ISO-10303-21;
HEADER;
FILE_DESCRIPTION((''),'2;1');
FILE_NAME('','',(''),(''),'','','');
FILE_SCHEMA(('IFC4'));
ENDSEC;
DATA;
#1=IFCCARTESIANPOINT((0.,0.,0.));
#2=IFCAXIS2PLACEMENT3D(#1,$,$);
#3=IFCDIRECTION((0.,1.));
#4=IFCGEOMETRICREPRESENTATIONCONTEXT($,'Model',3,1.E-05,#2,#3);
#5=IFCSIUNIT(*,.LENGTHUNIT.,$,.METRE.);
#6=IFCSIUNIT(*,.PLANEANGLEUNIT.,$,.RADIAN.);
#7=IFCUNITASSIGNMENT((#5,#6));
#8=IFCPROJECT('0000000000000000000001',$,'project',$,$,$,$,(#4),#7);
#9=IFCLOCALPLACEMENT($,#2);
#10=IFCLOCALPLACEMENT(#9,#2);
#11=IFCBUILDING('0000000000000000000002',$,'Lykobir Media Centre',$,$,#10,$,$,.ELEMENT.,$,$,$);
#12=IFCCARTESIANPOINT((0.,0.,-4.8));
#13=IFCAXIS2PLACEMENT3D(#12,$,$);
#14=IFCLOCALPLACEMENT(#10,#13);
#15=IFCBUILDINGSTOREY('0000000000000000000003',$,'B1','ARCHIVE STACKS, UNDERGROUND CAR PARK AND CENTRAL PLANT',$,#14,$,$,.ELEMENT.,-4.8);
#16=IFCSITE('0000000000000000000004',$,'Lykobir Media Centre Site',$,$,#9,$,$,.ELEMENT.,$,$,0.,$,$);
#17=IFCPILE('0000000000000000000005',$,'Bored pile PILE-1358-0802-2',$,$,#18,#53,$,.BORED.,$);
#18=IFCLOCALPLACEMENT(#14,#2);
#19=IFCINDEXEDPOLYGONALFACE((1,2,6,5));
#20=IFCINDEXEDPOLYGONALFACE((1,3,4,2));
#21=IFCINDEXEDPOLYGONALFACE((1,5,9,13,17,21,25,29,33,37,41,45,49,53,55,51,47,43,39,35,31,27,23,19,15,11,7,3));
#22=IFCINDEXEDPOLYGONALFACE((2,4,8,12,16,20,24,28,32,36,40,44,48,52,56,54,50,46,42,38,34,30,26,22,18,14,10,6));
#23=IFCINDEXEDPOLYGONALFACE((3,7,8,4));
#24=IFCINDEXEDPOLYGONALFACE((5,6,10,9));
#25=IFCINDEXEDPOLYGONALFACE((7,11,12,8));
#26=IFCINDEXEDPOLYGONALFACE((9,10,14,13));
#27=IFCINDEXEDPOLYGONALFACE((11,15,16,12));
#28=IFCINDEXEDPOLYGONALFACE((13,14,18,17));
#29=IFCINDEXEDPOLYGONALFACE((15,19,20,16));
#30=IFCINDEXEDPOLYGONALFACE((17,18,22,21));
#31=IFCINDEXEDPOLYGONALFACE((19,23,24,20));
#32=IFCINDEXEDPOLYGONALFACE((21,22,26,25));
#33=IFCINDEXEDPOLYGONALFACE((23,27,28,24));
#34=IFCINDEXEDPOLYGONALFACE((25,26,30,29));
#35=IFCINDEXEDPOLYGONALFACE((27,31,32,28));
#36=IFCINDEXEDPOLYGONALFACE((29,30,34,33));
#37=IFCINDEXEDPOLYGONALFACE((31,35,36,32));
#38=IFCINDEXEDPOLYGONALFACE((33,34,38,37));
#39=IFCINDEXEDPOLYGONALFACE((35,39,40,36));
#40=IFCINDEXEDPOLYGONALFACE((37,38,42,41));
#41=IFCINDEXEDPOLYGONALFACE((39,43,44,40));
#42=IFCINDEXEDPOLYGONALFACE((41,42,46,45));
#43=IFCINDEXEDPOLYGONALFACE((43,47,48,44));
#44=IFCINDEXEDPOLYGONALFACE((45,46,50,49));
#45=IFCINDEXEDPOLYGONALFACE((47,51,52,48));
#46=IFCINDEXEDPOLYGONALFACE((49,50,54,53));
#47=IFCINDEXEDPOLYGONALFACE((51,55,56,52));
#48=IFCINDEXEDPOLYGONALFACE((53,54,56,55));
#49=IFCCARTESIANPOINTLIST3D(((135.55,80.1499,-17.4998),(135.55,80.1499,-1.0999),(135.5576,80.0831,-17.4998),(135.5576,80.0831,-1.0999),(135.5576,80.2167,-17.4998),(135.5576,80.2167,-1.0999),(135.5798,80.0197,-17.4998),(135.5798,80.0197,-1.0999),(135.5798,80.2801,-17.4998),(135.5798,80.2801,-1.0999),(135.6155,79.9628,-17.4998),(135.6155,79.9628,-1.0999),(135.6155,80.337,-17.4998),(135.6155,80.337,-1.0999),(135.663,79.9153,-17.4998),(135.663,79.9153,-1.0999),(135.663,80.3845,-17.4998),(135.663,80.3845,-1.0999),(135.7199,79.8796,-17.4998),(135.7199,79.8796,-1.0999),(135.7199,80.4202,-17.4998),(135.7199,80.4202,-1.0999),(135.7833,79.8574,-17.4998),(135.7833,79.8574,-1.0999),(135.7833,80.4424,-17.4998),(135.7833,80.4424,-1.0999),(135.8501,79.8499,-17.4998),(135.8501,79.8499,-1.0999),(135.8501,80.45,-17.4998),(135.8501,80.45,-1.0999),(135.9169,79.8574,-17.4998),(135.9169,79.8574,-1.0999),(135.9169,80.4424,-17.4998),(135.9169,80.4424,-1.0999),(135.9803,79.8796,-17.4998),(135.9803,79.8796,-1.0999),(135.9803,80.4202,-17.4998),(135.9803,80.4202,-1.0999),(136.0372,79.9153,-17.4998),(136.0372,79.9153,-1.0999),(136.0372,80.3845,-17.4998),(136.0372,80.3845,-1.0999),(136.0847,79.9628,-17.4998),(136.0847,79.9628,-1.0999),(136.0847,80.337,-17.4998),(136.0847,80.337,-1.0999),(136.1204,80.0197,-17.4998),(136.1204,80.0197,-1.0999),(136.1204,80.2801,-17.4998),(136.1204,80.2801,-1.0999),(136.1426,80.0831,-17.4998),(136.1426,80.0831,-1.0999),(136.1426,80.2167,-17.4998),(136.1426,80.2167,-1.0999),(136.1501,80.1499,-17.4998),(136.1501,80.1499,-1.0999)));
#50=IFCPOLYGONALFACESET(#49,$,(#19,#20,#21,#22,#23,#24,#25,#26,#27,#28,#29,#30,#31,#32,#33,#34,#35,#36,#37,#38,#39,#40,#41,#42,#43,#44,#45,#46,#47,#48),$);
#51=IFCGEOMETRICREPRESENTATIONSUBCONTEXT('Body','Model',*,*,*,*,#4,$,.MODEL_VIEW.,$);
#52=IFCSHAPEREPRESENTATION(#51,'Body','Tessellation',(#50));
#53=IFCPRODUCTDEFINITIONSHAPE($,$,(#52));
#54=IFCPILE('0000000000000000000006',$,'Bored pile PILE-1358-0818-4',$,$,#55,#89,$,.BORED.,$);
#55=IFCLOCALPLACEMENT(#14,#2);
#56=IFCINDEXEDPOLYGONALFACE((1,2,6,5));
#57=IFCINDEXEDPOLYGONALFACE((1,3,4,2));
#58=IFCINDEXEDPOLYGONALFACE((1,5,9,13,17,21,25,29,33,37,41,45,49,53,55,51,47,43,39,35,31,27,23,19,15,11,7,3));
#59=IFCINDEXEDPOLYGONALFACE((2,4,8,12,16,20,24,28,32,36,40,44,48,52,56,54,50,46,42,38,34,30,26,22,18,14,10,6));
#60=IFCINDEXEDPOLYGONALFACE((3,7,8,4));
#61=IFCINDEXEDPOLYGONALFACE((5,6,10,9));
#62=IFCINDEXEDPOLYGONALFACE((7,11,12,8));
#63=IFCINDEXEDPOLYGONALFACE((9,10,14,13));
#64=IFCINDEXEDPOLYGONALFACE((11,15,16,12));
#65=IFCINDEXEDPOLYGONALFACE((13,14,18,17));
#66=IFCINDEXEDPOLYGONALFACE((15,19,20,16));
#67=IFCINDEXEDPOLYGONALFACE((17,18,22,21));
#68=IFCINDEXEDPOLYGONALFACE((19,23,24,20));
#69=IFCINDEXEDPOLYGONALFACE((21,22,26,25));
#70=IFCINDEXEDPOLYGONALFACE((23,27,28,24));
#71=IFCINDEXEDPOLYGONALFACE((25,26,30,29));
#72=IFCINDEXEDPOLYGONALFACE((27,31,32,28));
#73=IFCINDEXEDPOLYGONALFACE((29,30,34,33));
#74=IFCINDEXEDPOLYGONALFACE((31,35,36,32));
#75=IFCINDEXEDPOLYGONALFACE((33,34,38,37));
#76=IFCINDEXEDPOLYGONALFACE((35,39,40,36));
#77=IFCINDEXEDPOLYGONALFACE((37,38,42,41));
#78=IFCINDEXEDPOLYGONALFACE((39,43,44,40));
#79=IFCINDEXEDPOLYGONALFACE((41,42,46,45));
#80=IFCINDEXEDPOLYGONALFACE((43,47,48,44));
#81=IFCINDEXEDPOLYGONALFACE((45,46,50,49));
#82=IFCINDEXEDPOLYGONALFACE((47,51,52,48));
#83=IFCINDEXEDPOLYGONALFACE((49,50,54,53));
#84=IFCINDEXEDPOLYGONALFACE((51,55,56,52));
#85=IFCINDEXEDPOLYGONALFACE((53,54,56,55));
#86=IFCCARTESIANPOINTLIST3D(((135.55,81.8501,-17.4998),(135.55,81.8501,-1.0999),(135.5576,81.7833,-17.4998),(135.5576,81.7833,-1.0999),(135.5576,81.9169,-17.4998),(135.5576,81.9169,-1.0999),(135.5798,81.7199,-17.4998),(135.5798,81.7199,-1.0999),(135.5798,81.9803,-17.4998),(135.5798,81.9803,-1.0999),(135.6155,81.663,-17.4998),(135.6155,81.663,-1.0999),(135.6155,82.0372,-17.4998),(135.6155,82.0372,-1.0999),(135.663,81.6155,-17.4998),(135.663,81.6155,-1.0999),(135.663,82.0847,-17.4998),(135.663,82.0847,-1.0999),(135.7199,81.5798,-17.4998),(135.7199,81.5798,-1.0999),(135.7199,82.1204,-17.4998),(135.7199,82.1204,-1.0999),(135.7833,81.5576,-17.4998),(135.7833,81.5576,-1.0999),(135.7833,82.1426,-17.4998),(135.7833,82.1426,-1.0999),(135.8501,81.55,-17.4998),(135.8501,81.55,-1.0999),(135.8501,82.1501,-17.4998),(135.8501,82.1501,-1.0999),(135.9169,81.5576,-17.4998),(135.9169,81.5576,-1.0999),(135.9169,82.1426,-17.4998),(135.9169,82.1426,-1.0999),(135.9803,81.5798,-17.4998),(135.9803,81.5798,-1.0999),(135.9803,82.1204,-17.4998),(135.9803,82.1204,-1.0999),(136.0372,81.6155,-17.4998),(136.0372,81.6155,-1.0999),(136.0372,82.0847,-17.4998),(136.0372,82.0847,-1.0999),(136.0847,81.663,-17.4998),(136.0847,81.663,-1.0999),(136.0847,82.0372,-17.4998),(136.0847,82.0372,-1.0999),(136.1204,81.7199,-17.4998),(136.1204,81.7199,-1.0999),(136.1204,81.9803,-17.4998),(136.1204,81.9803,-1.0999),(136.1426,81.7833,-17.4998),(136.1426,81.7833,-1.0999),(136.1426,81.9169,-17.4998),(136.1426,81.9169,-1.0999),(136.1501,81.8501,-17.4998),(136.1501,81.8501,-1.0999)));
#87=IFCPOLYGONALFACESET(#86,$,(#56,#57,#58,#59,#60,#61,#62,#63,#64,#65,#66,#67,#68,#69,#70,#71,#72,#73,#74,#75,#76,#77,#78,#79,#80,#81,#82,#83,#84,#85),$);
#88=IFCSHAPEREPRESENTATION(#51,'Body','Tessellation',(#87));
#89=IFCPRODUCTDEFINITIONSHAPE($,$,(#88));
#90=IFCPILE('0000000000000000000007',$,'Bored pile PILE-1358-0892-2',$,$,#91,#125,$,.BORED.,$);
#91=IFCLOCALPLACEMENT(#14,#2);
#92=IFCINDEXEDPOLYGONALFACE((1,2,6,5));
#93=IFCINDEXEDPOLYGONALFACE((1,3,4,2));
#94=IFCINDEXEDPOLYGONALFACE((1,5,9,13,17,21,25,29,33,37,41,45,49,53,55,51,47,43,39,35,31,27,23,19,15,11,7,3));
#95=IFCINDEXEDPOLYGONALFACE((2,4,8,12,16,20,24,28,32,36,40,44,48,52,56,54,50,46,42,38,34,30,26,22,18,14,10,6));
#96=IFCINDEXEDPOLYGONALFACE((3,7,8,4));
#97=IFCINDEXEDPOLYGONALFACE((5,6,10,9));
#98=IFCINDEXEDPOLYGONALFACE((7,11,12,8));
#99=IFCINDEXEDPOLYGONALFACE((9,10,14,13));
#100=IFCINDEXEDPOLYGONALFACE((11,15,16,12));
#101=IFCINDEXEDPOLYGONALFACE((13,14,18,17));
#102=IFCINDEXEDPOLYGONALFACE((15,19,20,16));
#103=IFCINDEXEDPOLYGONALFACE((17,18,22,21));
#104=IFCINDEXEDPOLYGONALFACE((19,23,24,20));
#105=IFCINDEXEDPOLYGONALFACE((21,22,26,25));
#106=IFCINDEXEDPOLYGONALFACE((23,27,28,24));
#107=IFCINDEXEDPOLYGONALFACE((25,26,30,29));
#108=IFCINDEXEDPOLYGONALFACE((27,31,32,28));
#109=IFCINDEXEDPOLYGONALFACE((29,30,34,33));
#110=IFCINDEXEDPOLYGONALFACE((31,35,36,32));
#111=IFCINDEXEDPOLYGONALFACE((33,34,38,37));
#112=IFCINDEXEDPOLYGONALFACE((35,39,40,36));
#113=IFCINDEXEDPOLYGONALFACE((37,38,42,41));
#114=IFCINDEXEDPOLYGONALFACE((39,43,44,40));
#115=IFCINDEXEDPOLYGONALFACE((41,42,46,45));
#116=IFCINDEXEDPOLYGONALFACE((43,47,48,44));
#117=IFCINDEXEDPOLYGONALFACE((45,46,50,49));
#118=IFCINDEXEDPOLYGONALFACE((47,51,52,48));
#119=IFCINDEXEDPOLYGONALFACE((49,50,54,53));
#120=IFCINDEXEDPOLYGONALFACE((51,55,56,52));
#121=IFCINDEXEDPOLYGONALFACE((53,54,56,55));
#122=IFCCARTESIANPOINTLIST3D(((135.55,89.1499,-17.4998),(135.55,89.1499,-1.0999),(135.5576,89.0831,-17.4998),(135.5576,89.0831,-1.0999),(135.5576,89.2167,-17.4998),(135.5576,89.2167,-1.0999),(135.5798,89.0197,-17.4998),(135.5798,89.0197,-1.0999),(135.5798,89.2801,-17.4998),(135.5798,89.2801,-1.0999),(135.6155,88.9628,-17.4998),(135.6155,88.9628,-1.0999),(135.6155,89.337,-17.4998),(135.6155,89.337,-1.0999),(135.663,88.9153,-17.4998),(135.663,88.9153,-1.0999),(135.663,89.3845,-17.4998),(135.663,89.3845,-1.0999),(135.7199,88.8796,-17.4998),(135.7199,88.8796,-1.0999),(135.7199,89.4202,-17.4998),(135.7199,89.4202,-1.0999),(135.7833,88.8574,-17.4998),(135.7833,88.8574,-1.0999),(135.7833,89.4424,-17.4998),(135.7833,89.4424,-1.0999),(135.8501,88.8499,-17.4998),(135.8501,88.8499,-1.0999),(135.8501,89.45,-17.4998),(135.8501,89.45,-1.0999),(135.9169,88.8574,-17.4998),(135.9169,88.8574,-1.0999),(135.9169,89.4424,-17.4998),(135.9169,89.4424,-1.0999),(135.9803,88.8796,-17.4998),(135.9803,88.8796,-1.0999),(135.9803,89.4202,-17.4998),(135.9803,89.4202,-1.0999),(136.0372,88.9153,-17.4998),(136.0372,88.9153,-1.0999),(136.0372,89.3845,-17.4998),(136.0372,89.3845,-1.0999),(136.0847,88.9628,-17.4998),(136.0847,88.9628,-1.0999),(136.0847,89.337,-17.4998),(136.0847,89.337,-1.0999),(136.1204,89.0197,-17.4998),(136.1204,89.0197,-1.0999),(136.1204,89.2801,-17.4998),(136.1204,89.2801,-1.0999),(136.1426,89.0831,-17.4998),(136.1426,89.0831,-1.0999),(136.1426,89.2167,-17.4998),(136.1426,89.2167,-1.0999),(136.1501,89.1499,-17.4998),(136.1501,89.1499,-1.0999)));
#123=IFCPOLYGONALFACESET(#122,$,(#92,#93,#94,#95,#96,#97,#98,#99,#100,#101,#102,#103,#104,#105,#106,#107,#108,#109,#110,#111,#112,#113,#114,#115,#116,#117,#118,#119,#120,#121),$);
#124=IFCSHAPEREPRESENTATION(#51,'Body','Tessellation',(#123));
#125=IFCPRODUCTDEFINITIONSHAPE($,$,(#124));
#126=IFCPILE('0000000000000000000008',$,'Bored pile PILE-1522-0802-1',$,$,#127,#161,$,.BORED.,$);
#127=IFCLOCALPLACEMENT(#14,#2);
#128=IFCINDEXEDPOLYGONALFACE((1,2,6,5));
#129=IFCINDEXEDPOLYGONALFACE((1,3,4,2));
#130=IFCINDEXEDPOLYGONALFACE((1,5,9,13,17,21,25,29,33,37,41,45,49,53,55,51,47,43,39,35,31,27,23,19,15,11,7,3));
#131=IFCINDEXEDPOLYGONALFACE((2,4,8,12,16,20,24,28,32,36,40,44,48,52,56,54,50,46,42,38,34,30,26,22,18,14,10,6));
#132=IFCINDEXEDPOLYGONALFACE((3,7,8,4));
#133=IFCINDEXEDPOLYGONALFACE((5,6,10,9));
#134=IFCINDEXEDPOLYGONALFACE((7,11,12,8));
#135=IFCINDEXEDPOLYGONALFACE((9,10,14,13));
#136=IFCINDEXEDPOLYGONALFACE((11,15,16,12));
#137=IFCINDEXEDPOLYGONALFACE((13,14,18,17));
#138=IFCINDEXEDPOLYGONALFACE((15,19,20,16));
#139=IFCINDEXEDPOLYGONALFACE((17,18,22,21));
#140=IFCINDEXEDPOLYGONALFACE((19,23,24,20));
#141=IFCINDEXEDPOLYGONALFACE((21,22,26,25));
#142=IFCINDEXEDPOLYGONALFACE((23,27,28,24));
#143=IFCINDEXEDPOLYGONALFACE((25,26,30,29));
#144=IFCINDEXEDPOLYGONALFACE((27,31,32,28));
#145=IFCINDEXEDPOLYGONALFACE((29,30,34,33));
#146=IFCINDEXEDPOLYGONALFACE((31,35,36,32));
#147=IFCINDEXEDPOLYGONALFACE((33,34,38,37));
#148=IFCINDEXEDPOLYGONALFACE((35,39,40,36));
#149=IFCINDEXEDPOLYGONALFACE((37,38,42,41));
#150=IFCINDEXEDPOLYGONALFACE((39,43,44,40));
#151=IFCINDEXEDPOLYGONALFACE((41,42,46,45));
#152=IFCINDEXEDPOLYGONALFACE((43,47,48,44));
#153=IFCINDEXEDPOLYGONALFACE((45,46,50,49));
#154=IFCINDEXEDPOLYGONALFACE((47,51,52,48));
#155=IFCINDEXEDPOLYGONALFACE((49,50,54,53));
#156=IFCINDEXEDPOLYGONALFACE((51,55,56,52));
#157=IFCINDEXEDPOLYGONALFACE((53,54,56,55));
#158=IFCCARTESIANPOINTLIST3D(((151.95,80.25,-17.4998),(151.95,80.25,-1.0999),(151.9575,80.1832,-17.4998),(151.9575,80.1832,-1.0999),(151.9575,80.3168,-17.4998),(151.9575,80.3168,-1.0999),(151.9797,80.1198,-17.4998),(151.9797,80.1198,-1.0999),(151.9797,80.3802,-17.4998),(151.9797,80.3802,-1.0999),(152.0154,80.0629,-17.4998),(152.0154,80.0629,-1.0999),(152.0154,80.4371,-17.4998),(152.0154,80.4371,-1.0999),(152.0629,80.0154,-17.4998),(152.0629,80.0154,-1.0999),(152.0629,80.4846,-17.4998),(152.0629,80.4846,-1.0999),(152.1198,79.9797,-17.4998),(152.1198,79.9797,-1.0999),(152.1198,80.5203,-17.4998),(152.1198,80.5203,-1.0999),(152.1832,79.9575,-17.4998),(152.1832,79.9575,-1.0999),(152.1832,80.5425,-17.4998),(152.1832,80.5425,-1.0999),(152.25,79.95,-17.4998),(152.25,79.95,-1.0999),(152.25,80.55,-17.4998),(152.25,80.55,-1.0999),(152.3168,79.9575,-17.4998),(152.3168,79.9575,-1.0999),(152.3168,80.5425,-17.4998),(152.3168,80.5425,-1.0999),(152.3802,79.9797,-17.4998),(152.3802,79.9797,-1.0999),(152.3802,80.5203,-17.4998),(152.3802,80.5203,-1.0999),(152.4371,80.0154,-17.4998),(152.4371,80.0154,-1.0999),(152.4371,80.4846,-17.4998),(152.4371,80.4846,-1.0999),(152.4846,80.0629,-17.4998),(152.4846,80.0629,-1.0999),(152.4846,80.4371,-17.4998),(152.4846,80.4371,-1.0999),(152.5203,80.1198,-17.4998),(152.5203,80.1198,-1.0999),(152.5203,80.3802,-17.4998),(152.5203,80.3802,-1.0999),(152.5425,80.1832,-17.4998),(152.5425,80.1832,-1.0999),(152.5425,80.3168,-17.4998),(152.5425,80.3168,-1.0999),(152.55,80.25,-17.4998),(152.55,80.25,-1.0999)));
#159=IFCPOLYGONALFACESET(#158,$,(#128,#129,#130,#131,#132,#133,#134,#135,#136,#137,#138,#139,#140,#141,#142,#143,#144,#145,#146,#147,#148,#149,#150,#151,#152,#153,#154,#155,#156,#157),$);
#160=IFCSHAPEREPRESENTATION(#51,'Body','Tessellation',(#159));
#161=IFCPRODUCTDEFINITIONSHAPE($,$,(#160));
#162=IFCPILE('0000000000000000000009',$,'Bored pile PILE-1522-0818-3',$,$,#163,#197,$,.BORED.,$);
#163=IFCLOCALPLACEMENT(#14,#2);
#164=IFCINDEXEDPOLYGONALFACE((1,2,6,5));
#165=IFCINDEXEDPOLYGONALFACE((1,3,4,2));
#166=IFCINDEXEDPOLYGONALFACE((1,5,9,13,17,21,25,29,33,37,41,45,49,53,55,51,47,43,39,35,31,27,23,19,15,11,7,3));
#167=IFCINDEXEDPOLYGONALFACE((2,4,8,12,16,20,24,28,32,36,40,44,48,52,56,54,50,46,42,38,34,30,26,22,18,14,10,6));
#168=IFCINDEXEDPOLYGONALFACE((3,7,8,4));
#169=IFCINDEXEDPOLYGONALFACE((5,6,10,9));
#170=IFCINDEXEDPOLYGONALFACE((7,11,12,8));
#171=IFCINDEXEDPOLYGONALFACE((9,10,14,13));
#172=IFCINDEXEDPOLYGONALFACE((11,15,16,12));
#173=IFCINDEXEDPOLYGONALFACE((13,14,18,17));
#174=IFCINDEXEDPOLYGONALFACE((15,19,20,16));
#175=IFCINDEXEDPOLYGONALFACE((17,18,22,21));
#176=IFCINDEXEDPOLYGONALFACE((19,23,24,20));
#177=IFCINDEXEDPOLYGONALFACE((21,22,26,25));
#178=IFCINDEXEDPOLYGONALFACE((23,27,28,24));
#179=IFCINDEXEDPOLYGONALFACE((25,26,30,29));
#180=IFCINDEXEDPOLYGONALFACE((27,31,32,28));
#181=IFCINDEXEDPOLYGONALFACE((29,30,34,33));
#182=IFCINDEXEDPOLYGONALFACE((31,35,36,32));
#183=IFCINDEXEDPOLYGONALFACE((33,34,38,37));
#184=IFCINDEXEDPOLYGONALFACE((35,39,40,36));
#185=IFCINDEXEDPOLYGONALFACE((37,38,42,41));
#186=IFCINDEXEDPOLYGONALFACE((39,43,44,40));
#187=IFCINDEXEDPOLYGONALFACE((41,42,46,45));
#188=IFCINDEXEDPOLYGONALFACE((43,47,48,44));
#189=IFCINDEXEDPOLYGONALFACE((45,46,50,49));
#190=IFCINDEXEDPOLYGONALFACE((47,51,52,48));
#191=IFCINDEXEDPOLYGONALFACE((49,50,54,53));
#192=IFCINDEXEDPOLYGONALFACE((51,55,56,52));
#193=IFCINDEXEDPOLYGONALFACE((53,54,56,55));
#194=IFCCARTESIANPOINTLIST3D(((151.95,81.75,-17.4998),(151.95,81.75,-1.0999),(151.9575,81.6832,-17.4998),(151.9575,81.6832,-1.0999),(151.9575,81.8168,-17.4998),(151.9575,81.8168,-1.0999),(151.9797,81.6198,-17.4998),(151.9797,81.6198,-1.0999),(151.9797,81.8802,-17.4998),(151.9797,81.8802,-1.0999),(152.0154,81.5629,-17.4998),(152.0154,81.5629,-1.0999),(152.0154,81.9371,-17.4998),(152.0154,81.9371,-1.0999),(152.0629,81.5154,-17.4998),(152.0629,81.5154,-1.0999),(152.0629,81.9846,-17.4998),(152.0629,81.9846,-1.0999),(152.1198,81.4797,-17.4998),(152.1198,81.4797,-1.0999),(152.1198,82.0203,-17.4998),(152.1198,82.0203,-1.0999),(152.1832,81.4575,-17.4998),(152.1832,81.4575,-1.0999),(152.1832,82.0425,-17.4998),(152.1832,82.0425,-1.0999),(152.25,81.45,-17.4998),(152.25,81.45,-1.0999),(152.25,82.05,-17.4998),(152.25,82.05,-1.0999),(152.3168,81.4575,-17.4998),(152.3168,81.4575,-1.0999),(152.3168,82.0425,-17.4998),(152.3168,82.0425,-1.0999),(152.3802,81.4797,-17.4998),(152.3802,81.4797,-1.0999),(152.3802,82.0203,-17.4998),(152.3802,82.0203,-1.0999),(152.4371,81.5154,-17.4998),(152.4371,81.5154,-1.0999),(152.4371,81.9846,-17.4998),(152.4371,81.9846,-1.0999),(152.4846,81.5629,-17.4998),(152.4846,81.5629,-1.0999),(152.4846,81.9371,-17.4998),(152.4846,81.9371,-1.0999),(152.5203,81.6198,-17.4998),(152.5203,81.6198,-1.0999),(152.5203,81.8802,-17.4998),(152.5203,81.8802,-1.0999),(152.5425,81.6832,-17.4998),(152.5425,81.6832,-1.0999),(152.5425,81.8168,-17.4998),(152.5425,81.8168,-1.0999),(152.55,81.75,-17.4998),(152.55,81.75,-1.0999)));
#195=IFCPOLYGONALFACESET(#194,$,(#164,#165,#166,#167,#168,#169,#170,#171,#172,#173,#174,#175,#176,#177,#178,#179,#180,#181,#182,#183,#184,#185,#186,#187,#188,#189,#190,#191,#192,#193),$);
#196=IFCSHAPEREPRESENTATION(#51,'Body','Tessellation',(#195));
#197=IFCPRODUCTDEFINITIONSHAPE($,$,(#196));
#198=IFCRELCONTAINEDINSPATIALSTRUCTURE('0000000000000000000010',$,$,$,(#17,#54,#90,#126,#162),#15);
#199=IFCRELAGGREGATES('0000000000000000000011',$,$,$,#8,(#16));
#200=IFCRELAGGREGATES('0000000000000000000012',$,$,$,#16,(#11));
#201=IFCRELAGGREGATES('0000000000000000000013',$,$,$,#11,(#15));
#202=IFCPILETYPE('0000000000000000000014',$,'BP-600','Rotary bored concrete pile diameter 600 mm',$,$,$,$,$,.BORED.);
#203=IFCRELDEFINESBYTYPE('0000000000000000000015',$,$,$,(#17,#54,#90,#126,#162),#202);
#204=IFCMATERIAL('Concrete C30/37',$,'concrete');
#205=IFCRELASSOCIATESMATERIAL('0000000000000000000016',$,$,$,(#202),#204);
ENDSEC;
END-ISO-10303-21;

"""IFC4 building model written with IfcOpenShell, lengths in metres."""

from ifc_helpers import new_model, si_unit, direction, frame, origin, origin_2d, place, context, subcontext, project, spatial, circle, extrude, material, material_profile, profile_set, type_object, element, save


model = new_model("IFC4")

# Units and contexts
model_context = context("Model", 3, precision=1e-05, world=origin(), true_north=direction((0.0, 1.0)))
body_context = subcontext(model_context, "Body", "Model", "MODEL_VIEW")
ifc_project = project(units=[si_unit("LENGTHUNIT", "METRE"), si_unit("PLANEANGLEUNIT", "RADIAN")], contexts=[model_context])

# Site, building, storey
site_placement = place(None, origin())
site = spatial("IfcSite", under=ifc_project, at=site_placement, Name="Lykobir Media Centre Site", CompositionType="ELEMENT", RefElevation=0.0)
building_placement = place(site_placement, origin())
building = spatial("IfcBuilding", under=site, at=building_placement, Name="Lykobir Media Centre", CompositionType="ELEMENT")
storey_placement = place(building_placement, frame((0.0, 0.0, -4.8)))
storey = spatial("IfcBuildingStorey", under=building, at=storey_placement, Name="B1", Description="ARCHIVE STACKS, UNDERGROUND CAR PARK AND CENTRAL PLANT", CompositionType="ELEMENT", Elevation=-4.8)

# Piles
ifc_material_1 = material(Name="Concrete C30/37", Category="concrete")
ifc_material_profile_1 = material_profile(ifc_material_1, circle(Radius=0.3, at=origin_2d()), Name="BORED PILE D600")
ifc_profile_set_1 = profile_set([ifc_material_profile_1], Name="Concrete C30/37")
pile_type_1 = type_object("IfcPileType", Name="BP-600", Description="Rotary bored concrete pile diameter 600 mm", PredefinedType="BORED", material=ifc_profile_set_1)
for number, where, z_axis, x_axis, name in (
    (1, (135.8501, 80.1499, -1.0999), (0.0, 0.0, -1.0), (1.0, 0.0, 0.0), "Bored pile PILE-1358-0802-2"),
    (2, (135.8501, 81.8501, -1.0999), (0.0, 0.0, -1.0), (1.0, 0.0, 0.0), "Bored pile PILE-1358-0818-4"),
    (3, (135.8501, 89.1499, -1.0999), (0.0, 0.0, -1.0), (1.0, 0.0, 0.0), "Bored pile PILE-1358-0892-2"),
    (4, (152.25, 80.25, -1.0999), (0.0, 0.0, -1.0), (1.0, 0.0, 0.0), "Bored pile PILE-1522-0802-1"),
    (5, (152.25, 81.75, -1.0999), (0.0, 0.0, -1.0), (1.0, 0.0, 0.0), "Bored pile PILE-1522-0818-3"),
):
    element("IfcPile", number, at=place(storey_placement, frame(where, z_axis=z_axis, x_axis=x_axis)), inside=storey, type_object=pile_type_1, Name=name, PredefinedType="BORED", context=body_context, shape_type="SweptSolid", body=[
        extrude(circle(Radius=0.3, at=origin_2d()), origin(), (0.0, 0.0, 1.0), 16.3999),
    ])

save(model, "model.ifc")
